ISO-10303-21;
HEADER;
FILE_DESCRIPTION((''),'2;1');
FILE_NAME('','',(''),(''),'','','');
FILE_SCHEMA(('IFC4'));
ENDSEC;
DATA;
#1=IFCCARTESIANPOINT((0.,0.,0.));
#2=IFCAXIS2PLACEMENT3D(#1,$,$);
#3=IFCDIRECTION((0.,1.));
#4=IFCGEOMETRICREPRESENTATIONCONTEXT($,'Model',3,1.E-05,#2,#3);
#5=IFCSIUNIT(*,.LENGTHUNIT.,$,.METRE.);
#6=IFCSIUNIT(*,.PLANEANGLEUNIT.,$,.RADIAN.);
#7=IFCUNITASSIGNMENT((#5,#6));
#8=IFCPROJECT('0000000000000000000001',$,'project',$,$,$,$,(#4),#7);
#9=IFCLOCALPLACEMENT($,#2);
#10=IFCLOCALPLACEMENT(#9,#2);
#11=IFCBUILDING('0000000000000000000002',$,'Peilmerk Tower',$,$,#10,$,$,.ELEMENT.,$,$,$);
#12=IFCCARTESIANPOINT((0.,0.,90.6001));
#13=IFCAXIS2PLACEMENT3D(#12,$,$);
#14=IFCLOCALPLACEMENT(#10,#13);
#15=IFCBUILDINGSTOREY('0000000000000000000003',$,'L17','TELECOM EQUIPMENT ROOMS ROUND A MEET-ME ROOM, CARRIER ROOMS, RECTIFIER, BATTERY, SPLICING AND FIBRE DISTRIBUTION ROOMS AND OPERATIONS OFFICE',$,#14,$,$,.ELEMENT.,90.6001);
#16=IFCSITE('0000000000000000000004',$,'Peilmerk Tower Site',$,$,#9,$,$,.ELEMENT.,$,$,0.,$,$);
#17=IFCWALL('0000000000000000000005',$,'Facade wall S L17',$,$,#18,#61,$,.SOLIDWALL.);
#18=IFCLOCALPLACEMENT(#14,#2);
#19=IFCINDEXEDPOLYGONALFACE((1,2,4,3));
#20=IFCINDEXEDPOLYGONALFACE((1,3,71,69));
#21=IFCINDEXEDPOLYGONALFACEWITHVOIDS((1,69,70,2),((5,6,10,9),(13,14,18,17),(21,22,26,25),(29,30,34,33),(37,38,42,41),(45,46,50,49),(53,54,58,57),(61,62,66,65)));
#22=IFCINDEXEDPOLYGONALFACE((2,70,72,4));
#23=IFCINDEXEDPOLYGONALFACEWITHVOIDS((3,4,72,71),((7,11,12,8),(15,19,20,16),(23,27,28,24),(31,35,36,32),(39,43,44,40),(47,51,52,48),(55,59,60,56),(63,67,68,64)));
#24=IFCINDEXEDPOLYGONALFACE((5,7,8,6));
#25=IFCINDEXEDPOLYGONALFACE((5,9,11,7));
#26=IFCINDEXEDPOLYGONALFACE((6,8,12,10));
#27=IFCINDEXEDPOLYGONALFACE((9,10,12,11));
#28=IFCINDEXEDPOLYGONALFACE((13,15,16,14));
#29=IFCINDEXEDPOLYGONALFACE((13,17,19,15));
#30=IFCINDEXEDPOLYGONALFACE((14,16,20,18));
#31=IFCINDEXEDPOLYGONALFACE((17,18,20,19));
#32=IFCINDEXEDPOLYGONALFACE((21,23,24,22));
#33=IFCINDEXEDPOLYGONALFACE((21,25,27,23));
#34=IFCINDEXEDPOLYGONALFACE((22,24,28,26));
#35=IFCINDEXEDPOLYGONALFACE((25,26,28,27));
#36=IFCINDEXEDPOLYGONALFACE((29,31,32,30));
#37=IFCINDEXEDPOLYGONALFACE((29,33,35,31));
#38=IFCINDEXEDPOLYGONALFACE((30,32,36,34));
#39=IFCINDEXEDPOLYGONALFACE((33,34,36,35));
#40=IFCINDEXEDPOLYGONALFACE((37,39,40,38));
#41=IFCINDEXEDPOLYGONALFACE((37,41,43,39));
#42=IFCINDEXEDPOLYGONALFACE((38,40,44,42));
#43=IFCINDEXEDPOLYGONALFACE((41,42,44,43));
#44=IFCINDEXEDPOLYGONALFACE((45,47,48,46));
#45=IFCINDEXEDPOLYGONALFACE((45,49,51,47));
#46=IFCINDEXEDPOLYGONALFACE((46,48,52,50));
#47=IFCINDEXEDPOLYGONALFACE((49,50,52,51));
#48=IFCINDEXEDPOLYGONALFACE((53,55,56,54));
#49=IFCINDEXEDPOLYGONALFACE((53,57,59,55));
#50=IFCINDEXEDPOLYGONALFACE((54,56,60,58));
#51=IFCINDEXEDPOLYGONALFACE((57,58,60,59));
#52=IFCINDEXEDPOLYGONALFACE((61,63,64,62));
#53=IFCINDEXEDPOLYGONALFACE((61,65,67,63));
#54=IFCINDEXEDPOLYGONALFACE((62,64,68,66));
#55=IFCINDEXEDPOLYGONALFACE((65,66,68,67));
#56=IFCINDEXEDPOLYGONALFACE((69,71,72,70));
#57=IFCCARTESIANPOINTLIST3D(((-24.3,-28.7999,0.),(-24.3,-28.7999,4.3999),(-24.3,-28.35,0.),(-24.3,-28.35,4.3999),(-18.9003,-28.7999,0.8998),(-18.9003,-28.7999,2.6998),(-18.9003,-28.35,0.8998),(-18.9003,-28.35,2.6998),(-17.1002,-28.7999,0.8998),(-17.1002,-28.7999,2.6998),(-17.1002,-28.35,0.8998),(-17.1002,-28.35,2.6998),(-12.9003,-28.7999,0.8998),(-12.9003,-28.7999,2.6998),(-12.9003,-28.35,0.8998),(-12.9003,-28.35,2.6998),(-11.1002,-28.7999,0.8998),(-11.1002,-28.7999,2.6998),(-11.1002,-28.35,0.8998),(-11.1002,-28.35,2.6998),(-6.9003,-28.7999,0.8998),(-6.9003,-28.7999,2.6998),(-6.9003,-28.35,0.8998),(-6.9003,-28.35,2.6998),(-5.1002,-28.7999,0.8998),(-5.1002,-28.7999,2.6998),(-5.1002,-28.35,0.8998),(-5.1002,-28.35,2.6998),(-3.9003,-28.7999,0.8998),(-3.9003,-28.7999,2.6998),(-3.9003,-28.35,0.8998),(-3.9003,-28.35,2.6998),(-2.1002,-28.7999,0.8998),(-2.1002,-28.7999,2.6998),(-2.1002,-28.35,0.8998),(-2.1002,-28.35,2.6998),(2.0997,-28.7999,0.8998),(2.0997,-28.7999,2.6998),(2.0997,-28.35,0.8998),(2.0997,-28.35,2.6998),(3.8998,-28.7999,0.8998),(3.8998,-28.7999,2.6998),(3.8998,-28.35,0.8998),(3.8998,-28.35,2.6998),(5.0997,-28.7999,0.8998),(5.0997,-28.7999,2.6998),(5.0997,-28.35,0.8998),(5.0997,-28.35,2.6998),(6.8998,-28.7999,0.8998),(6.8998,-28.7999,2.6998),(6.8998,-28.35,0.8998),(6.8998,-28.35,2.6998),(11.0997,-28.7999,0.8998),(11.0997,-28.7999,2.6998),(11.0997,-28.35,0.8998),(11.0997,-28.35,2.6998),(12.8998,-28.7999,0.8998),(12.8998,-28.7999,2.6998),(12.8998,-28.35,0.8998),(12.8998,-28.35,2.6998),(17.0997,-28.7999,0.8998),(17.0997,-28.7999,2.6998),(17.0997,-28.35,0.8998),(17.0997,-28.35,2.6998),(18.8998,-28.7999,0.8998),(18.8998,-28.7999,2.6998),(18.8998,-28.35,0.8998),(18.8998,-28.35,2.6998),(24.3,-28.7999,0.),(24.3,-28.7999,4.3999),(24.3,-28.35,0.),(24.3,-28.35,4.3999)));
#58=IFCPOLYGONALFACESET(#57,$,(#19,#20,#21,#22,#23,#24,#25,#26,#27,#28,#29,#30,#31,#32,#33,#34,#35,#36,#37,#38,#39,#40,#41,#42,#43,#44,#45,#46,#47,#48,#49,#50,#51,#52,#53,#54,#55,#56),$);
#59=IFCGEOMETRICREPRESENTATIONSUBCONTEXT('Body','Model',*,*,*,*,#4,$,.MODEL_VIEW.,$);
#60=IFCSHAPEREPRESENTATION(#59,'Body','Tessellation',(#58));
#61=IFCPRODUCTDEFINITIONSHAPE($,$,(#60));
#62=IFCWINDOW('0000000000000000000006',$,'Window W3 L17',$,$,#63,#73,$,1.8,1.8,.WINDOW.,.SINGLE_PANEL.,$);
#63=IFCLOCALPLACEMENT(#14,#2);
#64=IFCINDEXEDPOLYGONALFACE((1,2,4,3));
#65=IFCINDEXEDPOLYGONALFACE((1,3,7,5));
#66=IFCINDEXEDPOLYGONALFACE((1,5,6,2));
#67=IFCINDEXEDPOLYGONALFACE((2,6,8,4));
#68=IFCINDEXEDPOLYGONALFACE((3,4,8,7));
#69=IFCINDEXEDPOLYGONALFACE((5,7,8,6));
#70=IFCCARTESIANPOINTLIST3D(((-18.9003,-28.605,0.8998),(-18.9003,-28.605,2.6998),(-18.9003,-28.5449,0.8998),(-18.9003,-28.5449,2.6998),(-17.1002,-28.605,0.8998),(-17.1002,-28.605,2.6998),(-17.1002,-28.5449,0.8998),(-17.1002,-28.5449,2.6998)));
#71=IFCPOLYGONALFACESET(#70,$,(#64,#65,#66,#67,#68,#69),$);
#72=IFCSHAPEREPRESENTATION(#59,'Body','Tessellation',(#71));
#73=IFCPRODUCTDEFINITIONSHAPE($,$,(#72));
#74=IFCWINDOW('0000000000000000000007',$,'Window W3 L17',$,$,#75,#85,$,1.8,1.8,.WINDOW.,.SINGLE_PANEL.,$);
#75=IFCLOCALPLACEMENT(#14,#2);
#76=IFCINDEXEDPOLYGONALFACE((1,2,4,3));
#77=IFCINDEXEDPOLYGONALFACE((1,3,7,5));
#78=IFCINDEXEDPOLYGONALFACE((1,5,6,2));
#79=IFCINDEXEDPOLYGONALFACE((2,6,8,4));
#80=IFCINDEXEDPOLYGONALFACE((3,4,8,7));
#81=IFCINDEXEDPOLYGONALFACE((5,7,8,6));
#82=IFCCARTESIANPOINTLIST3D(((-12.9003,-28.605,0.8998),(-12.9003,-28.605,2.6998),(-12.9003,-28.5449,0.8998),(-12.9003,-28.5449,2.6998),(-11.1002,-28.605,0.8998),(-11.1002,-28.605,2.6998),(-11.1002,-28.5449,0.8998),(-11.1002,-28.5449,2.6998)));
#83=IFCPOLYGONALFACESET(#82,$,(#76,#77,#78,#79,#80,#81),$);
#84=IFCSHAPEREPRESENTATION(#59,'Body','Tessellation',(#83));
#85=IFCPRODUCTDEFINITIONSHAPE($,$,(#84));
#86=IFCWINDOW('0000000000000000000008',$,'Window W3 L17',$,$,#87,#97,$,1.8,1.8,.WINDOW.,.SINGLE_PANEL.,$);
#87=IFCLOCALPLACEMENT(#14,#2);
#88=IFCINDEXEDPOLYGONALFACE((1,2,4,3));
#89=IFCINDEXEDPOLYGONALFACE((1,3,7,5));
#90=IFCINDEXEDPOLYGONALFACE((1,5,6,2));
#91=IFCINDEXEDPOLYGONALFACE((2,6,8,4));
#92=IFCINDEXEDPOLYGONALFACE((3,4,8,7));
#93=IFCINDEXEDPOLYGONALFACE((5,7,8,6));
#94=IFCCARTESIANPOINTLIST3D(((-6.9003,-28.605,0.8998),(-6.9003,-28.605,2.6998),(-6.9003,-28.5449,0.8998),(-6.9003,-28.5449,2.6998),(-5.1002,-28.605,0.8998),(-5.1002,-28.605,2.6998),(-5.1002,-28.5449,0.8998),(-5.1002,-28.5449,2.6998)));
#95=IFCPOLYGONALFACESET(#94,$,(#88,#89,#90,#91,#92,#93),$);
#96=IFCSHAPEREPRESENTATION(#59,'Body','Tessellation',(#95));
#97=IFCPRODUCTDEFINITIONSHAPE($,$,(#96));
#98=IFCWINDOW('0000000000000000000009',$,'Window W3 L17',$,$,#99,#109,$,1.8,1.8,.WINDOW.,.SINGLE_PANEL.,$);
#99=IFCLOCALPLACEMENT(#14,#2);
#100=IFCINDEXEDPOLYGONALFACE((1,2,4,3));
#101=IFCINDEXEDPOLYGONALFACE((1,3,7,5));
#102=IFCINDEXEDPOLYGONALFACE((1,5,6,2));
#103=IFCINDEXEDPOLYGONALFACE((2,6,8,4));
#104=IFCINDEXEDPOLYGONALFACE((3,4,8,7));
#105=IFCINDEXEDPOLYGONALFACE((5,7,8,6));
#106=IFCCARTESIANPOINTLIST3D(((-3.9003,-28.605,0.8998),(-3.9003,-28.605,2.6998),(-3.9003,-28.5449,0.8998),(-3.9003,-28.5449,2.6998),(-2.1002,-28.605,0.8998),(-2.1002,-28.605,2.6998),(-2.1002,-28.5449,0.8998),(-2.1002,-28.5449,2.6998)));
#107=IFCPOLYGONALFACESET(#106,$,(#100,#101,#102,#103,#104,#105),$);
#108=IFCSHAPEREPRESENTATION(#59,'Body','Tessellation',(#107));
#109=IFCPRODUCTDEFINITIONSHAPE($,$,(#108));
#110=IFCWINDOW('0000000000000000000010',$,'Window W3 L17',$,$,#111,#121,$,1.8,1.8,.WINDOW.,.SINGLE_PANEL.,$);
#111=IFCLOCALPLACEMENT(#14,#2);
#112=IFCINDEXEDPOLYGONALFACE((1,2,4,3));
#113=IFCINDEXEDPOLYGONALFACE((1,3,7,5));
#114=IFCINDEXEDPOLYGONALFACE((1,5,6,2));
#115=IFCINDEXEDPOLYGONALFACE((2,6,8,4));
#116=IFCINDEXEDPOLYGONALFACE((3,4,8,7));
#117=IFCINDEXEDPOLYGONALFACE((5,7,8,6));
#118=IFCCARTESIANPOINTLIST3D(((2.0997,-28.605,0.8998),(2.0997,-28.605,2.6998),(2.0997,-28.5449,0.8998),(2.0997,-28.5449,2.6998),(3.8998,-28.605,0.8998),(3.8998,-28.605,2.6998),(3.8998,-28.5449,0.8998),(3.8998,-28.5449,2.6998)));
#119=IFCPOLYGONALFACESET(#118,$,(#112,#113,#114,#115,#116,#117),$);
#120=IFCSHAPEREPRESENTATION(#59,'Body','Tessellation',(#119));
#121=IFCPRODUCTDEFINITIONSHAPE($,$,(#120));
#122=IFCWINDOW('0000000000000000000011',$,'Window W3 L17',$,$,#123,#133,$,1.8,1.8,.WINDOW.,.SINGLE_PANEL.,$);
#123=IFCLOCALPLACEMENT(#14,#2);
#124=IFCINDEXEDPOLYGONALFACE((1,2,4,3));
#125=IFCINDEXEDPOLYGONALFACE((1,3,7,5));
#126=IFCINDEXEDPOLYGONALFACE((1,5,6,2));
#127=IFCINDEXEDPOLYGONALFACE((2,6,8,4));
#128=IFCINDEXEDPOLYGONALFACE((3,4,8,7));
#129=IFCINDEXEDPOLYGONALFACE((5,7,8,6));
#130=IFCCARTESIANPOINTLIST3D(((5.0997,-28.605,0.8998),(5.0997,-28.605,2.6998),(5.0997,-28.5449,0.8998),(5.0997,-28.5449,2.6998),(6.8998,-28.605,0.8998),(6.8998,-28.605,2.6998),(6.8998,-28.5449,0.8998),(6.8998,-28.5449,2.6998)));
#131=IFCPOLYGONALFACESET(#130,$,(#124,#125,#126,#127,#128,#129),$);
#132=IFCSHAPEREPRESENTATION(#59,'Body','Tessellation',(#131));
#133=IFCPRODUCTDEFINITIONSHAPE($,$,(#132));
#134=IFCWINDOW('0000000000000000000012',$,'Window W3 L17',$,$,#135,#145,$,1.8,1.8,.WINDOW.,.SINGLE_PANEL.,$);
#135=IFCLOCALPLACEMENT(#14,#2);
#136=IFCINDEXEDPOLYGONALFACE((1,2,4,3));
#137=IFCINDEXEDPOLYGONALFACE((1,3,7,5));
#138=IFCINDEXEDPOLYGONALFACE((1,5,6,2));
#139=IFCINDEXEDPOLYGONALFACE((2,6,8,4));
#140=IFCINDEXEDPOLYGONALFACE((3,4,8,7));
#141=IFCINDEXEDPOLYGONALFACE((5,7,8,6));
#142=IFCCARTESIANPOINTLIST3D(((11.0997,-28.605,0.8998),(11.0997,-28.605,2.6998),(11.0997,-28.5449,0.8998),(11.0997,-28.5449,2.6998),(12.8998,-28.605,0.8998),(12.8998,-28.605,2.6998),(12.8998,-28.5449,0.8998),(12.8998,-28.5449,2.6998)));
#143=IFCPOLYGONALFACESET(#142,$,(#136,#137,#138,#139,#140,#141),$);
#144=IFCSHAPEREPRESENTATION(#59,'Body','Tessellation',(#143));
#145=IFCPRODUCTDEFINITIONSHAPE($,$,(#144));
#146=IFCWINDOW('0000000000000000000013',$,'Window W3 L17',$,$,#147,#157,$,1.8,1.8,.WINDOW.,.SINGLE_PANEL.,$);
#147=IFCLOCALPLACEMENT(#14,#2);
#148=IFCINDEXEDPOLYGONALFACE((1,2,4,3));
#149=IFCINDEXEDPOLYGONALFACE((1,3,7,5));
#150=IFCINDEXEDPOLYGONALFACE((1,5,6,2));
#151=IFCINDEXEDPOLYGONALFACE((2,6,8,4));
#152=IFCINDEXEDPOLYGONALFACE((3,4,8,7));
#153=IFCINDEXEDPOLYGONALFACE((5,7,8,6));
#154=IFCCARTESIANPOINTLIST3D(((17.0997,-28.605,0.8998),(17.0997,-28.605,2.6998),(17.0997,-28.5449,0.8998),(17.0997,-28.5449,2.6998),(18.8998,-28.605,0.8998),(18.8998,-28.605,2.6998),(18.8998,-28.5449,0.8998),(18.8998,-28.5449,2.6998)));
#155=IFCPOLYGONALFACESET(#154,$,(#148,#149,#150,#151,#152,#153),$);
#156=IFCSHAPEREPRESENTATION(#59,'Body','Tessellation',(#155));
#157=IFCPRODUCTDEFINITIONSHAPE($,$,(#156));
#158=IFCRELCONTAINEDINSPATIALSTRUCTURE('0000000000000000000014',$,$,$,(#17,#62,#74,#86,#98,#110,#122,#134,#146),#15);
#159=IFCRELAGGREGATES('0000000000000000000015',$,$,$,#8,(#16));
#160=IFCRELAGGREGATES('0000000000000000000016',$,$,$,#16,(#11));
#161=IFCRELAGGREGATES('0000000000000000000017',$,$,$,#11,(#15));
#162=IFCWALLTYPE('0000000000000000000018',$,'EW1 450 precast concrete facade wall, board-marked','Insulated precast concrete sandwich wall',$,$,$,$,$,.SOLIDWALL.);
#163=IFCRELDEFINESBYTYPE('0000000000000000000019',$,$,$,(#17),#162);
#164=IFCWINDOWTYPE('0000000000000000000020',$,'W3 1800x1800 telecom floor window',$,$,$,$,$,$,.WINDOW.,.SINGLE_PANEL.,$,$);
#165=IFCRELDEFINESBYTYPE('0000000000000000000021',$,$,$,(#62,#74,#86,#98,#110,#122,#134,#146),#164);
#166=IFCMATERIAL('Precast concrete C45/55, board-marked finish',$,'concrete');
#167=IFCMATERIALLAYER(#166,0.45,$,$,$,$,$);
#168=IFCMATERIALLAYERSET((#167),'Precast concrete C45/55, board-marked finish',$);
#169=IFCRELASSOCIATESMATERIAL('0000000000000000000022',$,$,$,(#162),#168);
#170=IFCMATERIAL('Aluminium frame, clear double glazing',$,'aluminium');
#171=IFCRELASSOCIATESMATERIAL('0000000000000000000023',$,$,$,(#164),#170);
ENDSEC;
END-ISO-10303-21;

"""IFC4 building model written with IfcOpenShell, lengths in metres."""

from ifc_helpers import new_model, si_unit, direction, frame, frame_2d, origin, place, context, subcontext, project, spatial, rectangle, extrude, material, layer, layer_set, type_object, element, fill, save


model = new_model("IFC4")

# Units and contexts
model_context = context("Model", 3, precision=1e-05, world=origin(), true_north=direction((0.0, 1.0)))
body_context = subcontext(model_context, "Body", "Model", "MODEL_VIEW")
ifc_project = project(units=[si_unit("LENGTHUNIT", "METRE"), si_unit("PLANEANGLEUNIT", "RADIAN")], contexts=[model_context])

# Site, building, storey
site_placement = place(None, origin())
site = spatial("IfcSite", under=ifc_project, at=site_placement, Name="Peilmerk Tower Site", CompositionType="ELEMENT", RefElevation=0.0)
building_placement = place(site_placement, origin())
building = spatial("IfcBuilding", under=site, at=building_placement, Name="Peilmerk Tower", CompositionType="ELEMENT")
storey_placement = place(building_placement, frame((0.0, 0.0, 90.6001)))
storey = spatial("IfcBuildingStorey", under=building, at=storey_placement, Name="L17", Description="TELECOM EQUIPMENT ROOMS ROUND A MEET-ME ROOM, CARRIER ROOMS, RECTIFIER, BATTERY, SPLICING AND FIBRE DISTRIBUTION ROOMS AND OPERATIONS OFFICE", CompositionType="ELEMENT", Elevation=90.6001)

# Wall, openings, windows
ifc_material_1 = material(Name="Precast concrete C45/55, board-marked finish", Category="concrete")
ifc_layer = layer(ifc_material_1, 0.45)
ifc_layer_set = layer_set([ifc_layer], Name="Precast concrete C45/55, board-marked finish")
wall_type = type_object("IfcWallType", Name="EW1 450 precast concrete facade wall, board-marked", Description="Insulated precast concrete sandwich wall", PredefinedType="SOLIDWALL", material=ifc_layer_set)
wall_1_placement = place(storey_placement, frame((-24.3, -28.575, 0.0), z_axis=(0.0, 0.0, 1.0), x_axis=(1.0, 0.0, 0.0)))
wall_1 = element("IfcWall", 1, at=wall_1_placement, inside=storey, type_object=wall_type, Name="Facade wall S L17", PredefinedType="SOLIDWALL", context=body_context, shape_type="SweptSolid", body=[
    extrude(rectangle(XDim=48.6001, YDim=0.45, at=frame_2d((24.3, 0.0))), origin(), (0.0, 0.0, 1.0), 4.3999),
])
opening_1_placement = place(wall_1_placement, frame((5.3999, 0.0, 0.8999)))
opening_1 = element("IfcOpeningElement", 2, at=opening_1_placement, cuts=wall_1, PredefinedType="OPENING", context=body_context, shape_type="SweptSolid", body=[
    extrude(rectangle(XDim=1.8, YDim=1.8, at=frame_2d((0.8999, 0.8999))), frame((0.0, 0.2349, 0.0), z_axis=(0.0, -1.0, 0.0), x_axis=(1.0, 0.0, 0.0)), (0.0, 0.0, 1.0), 0.47),
])
opening_2_placement = place(wall_1_placement, frame((11.3999, 0.0, 0.8999)))
opening_2 = element("IfcOpeningElement", 3, at=opening_2_placement, cuts=wall_1, PredefinedType="OPENING", context=body_context, shape_type="SweptSolid", body=[
    extrude(rectangle(XDim=1.8, YDim=1.8, at=frame_2d((0.8999, 0.8999))), frame((0.0, 0.2349, 0.0), z_axis=(0.0, -1.0, 0.0), x_axis=(1.0, 0.0, 0.0)), (0.0, 0.0, 1.0), 0.47),
])
opening_3_placement = place(wall_1_placement, frame((17.3999, 0.0, 0.8999)))
opening_3 = element("IfcOpeningElement", 4, at=opening_3_placement, cuts=wall_1, PredefinedType="OPENING", context=body_context, shape_type="SweptSolid", body=[
    extrude(rectangle(XDim=1.8, YDim=1.8, at=frame_2d((0.8999, 0.8999))), frame((0.0, 0.2349, 0.0), z_axis=(0.0, -1.0, 0.0), x_axis=(1.0, 0.0, 0.0)), (0.0, 0.0, 1.0), 0.47),
])
opening_4_placement = place(wall_1_placement, frame((20.3999, 0.0, 0.8999)))
opening_4 = element("IfcOpeningElement", 5, at=opening_4_placement, cuts=wall_1, PredefinedType="OPENING", context=body_context, shape_type="SweptSolid", body=[
    extrude(rectangle(XDim=1.8, YDim=1.8, at=frame_2d((0.8999, 0.8999))), frame((0.0, 0.2349, 0.0), z_axis=(0.0, -1.0, 0.0), x_axis=(1.0, 0.0, 0.0)), (0.0, 0.0, 1.0), 0.47),
])
opening_5_placement = place(wall_1_placement, frame((26.3999, 0.0, 0.8999)))
opening_5 = element("IfcOpeningElement", 6, at=opening_5_placement, cuts=wall_1, PredefinedType="OPENING", context=body_context, shape_type="SweptSolid", body=[
    extrude(rectangle(XDim=1.8, YDim=1.8, at=frame_2d((0.8999, 0.8999))), frame((0.0, 0.2349, 0.0), z_axis=(0.0, -1.0, 0.0), x_axis=(1.0, 0.0, 0.0)), (0.0, 0.0, 1.0), 0.47),
])
opening_6_placement = place(wall_1_placement, frame((29.3999, 0.0, 0.8999)))
opening_6 = element("IfcOpeningElement", 7, at=opening_6_placement, cuts=wall_1, PredefinedType="OPENING", context=body_context, shape_type="SweptSolid", body=[
    extrude(rectangle(XDim=1.8, YDim=1.8, at=frame_2d((0.8999, 0.8999))), frame((0.0, 0.2349, 0.0), z_axis=(0.0, -1.0, 0.0), x_axis=(1.0, 0.0, 0.0)), (0.0, 0.0, 1.0), 0.47),
])
opening_7_placement = place(wall_1_placement, frame((35.3999, 0.0, 0.8999)))
opening_7 = element("IfcOpeningElement", 8, at=opening_7_placement, cuts=wall_1, PredefinedType="OPENING", context=body_context, shape_type="SweptSolid", body=[
    extrude(rectangle(XDim=1.8, YDim=1.8, at=frame_2d((0.8999, 0.8999))), frame((0.0, 0.2349, 0.0), z_axis=(0.0, -1.0, 0.0), x_axis=(1.0, 0.0, 0.0)), (0.0, 0.0, 1.0), 0.47),
])
opening_8_placement = place(wall_1_placement, frame((41.3999, 0.0, 0.8999)))
opening_8 = element("IfcOpeningElement", 9, at=opening_8_placement, cuts=wall_1, PredefinedType="OPENING", context=body_context, shape_type="SweptSolid", body=[
    extrude(rectangle(XDim=1.8, YDim=1.8, at=frame_2d((0.8999, 0.8999))), frame((0.0, 0.2349, 0.0), z_axis=(0.0, -1.0, 0.0), x_axis=(1.0, 0.0, 0.0)), (0.0, 0.0, 1.0), 0.47),
])
ifc_material_2 = material(Name="Aluminium frame, clear double glazing", Category="aluminium")
window_type = type_object("IfcWindowType", Name="W3 1800x1800 telecom floor window", PartitioningType="SINGLE_PANEL", PredefinedType="WINDOW", material=ifc_material_2)
window_1_placement = place(opening_1_placement, origin())
window_1 = element("IfcWindow", 10, at=window_1_placement, inside=storey, type_object=window_type, Name="Window W3 L17", OverallHeight=1.8, OverallWidth=1.8, PartitioningType="SINGLE_PANEL", PredefinedType="WINDOW", context=body_context, shape_type="SweptSolid", body=[
    extrude(rectangle(XDim=1.8, YDim=1.8, at=frame_2d((0.8999, 0.8999))), frame((0.0, 0.03, 0.0), z_axis=(0.0, -1.0, 0.0), x_axis=(1.0, 0.0, 0.0)), (0.0, 0.0, 1.0), 0.0601),
])
fill(opening_1, window_1)
window_2_placement = place(opening_2_placement, origin())
window_2 = element("IfcWindow", 11, at=window_2_placement, inside=storey, type_object=window_type, Name="Window W3 L17", OverallHeight=1.8, OverallWidth=1.8, PartitioningType="SINGLE_PANEL", PredefinedType="WINDOW", context=body_context, shape_type="SweptSolid", body=[
    extrude(rectangle(XDim=1.8, YDim=1.8, at=frame_2d((0.8999, 0.8999))), frame((0.0, 0.03, 0.0), z_axis=(0.0, -1.0, 0.0), x_axis=(1.0, 0.0, 0.0)), (0.0, 0.0, 1.0), 0.0601),
])
fill(opening_2, window_2)
window_3_placement = place(opening_3_placement, origin())
window_3 = element("IfcWindow", 12, at=window_3_placement, inside=storey, type_object=window_type, Name="Window W3 L17", OverallHeight=1.8, OverallWidth=1.8, PartitioningType="SINGLE_PANEL", PredefinedType="WINDOW", context=body_context, shape_type="SweptSolid", body=[
    extrude(rectangle(XDim=1.8, YDim=1.8, at=frame_2d((0.8999, 0.8999))), frame((0.0, 0.03, 0.0), z_axis=(0.0, -1.0, 0.0), x_axis=(1.0, 0.0, 0.0)), (0.0, 0.0, 1.0), 0.0601),
])
fill(opening_3, window_3)
window_4_placement = place(opening_4_placement, origin())
window_4 = element("IfcWindow", 13, at=window_4_placement, inside=storey, type_object=window_type, Name="Window W3 L17", OverallHeight=1.8, OverallWidth=1.8, PartitioningType="SINGLE_PANEL", PredefinedType="WINDOW", context=body_context, shape_type="SweptSolid", body=[
    extrude(rectangle(XDim=1.8, YDim=1.8, at=frame_2d((0.8999, 0.8999))), frame((0.0, 0.03, 0.0), z_axis=(0.0, -1.0, 0.0), x_axis=(1.0, 0.0, 0.0)), (0.0, 0.0, 1.0), 0.0601),
])
fill(opening_4, window_4)
window_5_placement = place(opening_5_placement, origin())
window_5 = element("IfcWindow", 14, at=window_5_placement, inside=storey, type_object=window_type, Name="Window W3 L17", OverallHeight=1.8, OverallWidth=1.8, PartitioningType="SINGLE_PANEL", PredefinedType="WINDOW", context=body_context, shape_type="SweptSolid", body=[
    extrude(rectangle(XDim=1.8, YDim=1.8, at=frame_2d((0.8999, 0.8999))), frame((0.0, 0.03, 0.0), z_axis=(0.0, -1.0, 0.0), x_axis=(1.0, 0.0, 0.0)), (0.0, 0.0, 1.0), 0.0601),
])
fill(opening_5, window_5)
window_6_placement = place(opening_6_placement, origin())
window_6 = element("IfcWindow", 15, at=window_6_placement, inside=storey, type_object=window_type, Name="Window W3 L17", OverallHeight=1.8, OverallWidth=1.8, PartitioningType="SINGLE_PANEL", PredefinedType="WINDOW", context=body_context, shape_type="SweptSolid", body=[
    extrude(rectangle(XDim=1.8, YDim=1.8, at=frame_2d((0.8999, 0.8999))), frame((0.0, 0.03, 0.0), z_axis=(0.0, -1.0, 0.0), x_axis=(1.0, 0.0, 0.0)), (0.0, 0.0, 1.0), 0.0601),
])
fill(opening_6, window_6)
window_7_placement = place(opening_7_placement, origin())
window_7 = element("IfcWindow", 16, at=window_7_placement, inside=storey, type_object=window_type, Name="Window W3 L17", OverallHeight=1.8, OverallWidth=1.8, PartitioningType="SINGLE_PANEL", PredefinedType="WINDOW", context=body_context, shape_type="SweptSolid", body=[
    extrude(rectangle(XDim=1.8, YDim=1.8, at=frame_2d((0.8999, 0.8999))), frame((0.0, 0.03, 0.0), z_axis=(0.0, -1.0, 0.0), x_axis=(1.0, 0.0, 0.0)), (0.0, 0.0, 1.0), 0.0601),
])
fill(opening_7, window_7)
window_8_placement = place(opening_8_placement, origin())
window_8 = element("IfcWindow", 17, at=window_8_placement, inside=storey, type_object=window_type, Name="Window W3 L17", OverallHeight=1.8, OverallWidth=1.8, PartitioningType="SINGLE_PANEL", PredefinedType="WINDOW", context=body_context, shape_type="SweptSolid", body=[
    extrude(rectangle(XDim=1.8, YDim=1.8, at=frame_2d((0.8999, 0.8999))), frame((0.0, 0.03, 0.0), z_axis=(0.0, -1.0, 0.0), x_axis=(1.0, 0.0, 0.0)), (0.0, 0.0, 1.0), 0.0601),
])
fill(opening_8, window_8)

save(model, "model.ifc")
